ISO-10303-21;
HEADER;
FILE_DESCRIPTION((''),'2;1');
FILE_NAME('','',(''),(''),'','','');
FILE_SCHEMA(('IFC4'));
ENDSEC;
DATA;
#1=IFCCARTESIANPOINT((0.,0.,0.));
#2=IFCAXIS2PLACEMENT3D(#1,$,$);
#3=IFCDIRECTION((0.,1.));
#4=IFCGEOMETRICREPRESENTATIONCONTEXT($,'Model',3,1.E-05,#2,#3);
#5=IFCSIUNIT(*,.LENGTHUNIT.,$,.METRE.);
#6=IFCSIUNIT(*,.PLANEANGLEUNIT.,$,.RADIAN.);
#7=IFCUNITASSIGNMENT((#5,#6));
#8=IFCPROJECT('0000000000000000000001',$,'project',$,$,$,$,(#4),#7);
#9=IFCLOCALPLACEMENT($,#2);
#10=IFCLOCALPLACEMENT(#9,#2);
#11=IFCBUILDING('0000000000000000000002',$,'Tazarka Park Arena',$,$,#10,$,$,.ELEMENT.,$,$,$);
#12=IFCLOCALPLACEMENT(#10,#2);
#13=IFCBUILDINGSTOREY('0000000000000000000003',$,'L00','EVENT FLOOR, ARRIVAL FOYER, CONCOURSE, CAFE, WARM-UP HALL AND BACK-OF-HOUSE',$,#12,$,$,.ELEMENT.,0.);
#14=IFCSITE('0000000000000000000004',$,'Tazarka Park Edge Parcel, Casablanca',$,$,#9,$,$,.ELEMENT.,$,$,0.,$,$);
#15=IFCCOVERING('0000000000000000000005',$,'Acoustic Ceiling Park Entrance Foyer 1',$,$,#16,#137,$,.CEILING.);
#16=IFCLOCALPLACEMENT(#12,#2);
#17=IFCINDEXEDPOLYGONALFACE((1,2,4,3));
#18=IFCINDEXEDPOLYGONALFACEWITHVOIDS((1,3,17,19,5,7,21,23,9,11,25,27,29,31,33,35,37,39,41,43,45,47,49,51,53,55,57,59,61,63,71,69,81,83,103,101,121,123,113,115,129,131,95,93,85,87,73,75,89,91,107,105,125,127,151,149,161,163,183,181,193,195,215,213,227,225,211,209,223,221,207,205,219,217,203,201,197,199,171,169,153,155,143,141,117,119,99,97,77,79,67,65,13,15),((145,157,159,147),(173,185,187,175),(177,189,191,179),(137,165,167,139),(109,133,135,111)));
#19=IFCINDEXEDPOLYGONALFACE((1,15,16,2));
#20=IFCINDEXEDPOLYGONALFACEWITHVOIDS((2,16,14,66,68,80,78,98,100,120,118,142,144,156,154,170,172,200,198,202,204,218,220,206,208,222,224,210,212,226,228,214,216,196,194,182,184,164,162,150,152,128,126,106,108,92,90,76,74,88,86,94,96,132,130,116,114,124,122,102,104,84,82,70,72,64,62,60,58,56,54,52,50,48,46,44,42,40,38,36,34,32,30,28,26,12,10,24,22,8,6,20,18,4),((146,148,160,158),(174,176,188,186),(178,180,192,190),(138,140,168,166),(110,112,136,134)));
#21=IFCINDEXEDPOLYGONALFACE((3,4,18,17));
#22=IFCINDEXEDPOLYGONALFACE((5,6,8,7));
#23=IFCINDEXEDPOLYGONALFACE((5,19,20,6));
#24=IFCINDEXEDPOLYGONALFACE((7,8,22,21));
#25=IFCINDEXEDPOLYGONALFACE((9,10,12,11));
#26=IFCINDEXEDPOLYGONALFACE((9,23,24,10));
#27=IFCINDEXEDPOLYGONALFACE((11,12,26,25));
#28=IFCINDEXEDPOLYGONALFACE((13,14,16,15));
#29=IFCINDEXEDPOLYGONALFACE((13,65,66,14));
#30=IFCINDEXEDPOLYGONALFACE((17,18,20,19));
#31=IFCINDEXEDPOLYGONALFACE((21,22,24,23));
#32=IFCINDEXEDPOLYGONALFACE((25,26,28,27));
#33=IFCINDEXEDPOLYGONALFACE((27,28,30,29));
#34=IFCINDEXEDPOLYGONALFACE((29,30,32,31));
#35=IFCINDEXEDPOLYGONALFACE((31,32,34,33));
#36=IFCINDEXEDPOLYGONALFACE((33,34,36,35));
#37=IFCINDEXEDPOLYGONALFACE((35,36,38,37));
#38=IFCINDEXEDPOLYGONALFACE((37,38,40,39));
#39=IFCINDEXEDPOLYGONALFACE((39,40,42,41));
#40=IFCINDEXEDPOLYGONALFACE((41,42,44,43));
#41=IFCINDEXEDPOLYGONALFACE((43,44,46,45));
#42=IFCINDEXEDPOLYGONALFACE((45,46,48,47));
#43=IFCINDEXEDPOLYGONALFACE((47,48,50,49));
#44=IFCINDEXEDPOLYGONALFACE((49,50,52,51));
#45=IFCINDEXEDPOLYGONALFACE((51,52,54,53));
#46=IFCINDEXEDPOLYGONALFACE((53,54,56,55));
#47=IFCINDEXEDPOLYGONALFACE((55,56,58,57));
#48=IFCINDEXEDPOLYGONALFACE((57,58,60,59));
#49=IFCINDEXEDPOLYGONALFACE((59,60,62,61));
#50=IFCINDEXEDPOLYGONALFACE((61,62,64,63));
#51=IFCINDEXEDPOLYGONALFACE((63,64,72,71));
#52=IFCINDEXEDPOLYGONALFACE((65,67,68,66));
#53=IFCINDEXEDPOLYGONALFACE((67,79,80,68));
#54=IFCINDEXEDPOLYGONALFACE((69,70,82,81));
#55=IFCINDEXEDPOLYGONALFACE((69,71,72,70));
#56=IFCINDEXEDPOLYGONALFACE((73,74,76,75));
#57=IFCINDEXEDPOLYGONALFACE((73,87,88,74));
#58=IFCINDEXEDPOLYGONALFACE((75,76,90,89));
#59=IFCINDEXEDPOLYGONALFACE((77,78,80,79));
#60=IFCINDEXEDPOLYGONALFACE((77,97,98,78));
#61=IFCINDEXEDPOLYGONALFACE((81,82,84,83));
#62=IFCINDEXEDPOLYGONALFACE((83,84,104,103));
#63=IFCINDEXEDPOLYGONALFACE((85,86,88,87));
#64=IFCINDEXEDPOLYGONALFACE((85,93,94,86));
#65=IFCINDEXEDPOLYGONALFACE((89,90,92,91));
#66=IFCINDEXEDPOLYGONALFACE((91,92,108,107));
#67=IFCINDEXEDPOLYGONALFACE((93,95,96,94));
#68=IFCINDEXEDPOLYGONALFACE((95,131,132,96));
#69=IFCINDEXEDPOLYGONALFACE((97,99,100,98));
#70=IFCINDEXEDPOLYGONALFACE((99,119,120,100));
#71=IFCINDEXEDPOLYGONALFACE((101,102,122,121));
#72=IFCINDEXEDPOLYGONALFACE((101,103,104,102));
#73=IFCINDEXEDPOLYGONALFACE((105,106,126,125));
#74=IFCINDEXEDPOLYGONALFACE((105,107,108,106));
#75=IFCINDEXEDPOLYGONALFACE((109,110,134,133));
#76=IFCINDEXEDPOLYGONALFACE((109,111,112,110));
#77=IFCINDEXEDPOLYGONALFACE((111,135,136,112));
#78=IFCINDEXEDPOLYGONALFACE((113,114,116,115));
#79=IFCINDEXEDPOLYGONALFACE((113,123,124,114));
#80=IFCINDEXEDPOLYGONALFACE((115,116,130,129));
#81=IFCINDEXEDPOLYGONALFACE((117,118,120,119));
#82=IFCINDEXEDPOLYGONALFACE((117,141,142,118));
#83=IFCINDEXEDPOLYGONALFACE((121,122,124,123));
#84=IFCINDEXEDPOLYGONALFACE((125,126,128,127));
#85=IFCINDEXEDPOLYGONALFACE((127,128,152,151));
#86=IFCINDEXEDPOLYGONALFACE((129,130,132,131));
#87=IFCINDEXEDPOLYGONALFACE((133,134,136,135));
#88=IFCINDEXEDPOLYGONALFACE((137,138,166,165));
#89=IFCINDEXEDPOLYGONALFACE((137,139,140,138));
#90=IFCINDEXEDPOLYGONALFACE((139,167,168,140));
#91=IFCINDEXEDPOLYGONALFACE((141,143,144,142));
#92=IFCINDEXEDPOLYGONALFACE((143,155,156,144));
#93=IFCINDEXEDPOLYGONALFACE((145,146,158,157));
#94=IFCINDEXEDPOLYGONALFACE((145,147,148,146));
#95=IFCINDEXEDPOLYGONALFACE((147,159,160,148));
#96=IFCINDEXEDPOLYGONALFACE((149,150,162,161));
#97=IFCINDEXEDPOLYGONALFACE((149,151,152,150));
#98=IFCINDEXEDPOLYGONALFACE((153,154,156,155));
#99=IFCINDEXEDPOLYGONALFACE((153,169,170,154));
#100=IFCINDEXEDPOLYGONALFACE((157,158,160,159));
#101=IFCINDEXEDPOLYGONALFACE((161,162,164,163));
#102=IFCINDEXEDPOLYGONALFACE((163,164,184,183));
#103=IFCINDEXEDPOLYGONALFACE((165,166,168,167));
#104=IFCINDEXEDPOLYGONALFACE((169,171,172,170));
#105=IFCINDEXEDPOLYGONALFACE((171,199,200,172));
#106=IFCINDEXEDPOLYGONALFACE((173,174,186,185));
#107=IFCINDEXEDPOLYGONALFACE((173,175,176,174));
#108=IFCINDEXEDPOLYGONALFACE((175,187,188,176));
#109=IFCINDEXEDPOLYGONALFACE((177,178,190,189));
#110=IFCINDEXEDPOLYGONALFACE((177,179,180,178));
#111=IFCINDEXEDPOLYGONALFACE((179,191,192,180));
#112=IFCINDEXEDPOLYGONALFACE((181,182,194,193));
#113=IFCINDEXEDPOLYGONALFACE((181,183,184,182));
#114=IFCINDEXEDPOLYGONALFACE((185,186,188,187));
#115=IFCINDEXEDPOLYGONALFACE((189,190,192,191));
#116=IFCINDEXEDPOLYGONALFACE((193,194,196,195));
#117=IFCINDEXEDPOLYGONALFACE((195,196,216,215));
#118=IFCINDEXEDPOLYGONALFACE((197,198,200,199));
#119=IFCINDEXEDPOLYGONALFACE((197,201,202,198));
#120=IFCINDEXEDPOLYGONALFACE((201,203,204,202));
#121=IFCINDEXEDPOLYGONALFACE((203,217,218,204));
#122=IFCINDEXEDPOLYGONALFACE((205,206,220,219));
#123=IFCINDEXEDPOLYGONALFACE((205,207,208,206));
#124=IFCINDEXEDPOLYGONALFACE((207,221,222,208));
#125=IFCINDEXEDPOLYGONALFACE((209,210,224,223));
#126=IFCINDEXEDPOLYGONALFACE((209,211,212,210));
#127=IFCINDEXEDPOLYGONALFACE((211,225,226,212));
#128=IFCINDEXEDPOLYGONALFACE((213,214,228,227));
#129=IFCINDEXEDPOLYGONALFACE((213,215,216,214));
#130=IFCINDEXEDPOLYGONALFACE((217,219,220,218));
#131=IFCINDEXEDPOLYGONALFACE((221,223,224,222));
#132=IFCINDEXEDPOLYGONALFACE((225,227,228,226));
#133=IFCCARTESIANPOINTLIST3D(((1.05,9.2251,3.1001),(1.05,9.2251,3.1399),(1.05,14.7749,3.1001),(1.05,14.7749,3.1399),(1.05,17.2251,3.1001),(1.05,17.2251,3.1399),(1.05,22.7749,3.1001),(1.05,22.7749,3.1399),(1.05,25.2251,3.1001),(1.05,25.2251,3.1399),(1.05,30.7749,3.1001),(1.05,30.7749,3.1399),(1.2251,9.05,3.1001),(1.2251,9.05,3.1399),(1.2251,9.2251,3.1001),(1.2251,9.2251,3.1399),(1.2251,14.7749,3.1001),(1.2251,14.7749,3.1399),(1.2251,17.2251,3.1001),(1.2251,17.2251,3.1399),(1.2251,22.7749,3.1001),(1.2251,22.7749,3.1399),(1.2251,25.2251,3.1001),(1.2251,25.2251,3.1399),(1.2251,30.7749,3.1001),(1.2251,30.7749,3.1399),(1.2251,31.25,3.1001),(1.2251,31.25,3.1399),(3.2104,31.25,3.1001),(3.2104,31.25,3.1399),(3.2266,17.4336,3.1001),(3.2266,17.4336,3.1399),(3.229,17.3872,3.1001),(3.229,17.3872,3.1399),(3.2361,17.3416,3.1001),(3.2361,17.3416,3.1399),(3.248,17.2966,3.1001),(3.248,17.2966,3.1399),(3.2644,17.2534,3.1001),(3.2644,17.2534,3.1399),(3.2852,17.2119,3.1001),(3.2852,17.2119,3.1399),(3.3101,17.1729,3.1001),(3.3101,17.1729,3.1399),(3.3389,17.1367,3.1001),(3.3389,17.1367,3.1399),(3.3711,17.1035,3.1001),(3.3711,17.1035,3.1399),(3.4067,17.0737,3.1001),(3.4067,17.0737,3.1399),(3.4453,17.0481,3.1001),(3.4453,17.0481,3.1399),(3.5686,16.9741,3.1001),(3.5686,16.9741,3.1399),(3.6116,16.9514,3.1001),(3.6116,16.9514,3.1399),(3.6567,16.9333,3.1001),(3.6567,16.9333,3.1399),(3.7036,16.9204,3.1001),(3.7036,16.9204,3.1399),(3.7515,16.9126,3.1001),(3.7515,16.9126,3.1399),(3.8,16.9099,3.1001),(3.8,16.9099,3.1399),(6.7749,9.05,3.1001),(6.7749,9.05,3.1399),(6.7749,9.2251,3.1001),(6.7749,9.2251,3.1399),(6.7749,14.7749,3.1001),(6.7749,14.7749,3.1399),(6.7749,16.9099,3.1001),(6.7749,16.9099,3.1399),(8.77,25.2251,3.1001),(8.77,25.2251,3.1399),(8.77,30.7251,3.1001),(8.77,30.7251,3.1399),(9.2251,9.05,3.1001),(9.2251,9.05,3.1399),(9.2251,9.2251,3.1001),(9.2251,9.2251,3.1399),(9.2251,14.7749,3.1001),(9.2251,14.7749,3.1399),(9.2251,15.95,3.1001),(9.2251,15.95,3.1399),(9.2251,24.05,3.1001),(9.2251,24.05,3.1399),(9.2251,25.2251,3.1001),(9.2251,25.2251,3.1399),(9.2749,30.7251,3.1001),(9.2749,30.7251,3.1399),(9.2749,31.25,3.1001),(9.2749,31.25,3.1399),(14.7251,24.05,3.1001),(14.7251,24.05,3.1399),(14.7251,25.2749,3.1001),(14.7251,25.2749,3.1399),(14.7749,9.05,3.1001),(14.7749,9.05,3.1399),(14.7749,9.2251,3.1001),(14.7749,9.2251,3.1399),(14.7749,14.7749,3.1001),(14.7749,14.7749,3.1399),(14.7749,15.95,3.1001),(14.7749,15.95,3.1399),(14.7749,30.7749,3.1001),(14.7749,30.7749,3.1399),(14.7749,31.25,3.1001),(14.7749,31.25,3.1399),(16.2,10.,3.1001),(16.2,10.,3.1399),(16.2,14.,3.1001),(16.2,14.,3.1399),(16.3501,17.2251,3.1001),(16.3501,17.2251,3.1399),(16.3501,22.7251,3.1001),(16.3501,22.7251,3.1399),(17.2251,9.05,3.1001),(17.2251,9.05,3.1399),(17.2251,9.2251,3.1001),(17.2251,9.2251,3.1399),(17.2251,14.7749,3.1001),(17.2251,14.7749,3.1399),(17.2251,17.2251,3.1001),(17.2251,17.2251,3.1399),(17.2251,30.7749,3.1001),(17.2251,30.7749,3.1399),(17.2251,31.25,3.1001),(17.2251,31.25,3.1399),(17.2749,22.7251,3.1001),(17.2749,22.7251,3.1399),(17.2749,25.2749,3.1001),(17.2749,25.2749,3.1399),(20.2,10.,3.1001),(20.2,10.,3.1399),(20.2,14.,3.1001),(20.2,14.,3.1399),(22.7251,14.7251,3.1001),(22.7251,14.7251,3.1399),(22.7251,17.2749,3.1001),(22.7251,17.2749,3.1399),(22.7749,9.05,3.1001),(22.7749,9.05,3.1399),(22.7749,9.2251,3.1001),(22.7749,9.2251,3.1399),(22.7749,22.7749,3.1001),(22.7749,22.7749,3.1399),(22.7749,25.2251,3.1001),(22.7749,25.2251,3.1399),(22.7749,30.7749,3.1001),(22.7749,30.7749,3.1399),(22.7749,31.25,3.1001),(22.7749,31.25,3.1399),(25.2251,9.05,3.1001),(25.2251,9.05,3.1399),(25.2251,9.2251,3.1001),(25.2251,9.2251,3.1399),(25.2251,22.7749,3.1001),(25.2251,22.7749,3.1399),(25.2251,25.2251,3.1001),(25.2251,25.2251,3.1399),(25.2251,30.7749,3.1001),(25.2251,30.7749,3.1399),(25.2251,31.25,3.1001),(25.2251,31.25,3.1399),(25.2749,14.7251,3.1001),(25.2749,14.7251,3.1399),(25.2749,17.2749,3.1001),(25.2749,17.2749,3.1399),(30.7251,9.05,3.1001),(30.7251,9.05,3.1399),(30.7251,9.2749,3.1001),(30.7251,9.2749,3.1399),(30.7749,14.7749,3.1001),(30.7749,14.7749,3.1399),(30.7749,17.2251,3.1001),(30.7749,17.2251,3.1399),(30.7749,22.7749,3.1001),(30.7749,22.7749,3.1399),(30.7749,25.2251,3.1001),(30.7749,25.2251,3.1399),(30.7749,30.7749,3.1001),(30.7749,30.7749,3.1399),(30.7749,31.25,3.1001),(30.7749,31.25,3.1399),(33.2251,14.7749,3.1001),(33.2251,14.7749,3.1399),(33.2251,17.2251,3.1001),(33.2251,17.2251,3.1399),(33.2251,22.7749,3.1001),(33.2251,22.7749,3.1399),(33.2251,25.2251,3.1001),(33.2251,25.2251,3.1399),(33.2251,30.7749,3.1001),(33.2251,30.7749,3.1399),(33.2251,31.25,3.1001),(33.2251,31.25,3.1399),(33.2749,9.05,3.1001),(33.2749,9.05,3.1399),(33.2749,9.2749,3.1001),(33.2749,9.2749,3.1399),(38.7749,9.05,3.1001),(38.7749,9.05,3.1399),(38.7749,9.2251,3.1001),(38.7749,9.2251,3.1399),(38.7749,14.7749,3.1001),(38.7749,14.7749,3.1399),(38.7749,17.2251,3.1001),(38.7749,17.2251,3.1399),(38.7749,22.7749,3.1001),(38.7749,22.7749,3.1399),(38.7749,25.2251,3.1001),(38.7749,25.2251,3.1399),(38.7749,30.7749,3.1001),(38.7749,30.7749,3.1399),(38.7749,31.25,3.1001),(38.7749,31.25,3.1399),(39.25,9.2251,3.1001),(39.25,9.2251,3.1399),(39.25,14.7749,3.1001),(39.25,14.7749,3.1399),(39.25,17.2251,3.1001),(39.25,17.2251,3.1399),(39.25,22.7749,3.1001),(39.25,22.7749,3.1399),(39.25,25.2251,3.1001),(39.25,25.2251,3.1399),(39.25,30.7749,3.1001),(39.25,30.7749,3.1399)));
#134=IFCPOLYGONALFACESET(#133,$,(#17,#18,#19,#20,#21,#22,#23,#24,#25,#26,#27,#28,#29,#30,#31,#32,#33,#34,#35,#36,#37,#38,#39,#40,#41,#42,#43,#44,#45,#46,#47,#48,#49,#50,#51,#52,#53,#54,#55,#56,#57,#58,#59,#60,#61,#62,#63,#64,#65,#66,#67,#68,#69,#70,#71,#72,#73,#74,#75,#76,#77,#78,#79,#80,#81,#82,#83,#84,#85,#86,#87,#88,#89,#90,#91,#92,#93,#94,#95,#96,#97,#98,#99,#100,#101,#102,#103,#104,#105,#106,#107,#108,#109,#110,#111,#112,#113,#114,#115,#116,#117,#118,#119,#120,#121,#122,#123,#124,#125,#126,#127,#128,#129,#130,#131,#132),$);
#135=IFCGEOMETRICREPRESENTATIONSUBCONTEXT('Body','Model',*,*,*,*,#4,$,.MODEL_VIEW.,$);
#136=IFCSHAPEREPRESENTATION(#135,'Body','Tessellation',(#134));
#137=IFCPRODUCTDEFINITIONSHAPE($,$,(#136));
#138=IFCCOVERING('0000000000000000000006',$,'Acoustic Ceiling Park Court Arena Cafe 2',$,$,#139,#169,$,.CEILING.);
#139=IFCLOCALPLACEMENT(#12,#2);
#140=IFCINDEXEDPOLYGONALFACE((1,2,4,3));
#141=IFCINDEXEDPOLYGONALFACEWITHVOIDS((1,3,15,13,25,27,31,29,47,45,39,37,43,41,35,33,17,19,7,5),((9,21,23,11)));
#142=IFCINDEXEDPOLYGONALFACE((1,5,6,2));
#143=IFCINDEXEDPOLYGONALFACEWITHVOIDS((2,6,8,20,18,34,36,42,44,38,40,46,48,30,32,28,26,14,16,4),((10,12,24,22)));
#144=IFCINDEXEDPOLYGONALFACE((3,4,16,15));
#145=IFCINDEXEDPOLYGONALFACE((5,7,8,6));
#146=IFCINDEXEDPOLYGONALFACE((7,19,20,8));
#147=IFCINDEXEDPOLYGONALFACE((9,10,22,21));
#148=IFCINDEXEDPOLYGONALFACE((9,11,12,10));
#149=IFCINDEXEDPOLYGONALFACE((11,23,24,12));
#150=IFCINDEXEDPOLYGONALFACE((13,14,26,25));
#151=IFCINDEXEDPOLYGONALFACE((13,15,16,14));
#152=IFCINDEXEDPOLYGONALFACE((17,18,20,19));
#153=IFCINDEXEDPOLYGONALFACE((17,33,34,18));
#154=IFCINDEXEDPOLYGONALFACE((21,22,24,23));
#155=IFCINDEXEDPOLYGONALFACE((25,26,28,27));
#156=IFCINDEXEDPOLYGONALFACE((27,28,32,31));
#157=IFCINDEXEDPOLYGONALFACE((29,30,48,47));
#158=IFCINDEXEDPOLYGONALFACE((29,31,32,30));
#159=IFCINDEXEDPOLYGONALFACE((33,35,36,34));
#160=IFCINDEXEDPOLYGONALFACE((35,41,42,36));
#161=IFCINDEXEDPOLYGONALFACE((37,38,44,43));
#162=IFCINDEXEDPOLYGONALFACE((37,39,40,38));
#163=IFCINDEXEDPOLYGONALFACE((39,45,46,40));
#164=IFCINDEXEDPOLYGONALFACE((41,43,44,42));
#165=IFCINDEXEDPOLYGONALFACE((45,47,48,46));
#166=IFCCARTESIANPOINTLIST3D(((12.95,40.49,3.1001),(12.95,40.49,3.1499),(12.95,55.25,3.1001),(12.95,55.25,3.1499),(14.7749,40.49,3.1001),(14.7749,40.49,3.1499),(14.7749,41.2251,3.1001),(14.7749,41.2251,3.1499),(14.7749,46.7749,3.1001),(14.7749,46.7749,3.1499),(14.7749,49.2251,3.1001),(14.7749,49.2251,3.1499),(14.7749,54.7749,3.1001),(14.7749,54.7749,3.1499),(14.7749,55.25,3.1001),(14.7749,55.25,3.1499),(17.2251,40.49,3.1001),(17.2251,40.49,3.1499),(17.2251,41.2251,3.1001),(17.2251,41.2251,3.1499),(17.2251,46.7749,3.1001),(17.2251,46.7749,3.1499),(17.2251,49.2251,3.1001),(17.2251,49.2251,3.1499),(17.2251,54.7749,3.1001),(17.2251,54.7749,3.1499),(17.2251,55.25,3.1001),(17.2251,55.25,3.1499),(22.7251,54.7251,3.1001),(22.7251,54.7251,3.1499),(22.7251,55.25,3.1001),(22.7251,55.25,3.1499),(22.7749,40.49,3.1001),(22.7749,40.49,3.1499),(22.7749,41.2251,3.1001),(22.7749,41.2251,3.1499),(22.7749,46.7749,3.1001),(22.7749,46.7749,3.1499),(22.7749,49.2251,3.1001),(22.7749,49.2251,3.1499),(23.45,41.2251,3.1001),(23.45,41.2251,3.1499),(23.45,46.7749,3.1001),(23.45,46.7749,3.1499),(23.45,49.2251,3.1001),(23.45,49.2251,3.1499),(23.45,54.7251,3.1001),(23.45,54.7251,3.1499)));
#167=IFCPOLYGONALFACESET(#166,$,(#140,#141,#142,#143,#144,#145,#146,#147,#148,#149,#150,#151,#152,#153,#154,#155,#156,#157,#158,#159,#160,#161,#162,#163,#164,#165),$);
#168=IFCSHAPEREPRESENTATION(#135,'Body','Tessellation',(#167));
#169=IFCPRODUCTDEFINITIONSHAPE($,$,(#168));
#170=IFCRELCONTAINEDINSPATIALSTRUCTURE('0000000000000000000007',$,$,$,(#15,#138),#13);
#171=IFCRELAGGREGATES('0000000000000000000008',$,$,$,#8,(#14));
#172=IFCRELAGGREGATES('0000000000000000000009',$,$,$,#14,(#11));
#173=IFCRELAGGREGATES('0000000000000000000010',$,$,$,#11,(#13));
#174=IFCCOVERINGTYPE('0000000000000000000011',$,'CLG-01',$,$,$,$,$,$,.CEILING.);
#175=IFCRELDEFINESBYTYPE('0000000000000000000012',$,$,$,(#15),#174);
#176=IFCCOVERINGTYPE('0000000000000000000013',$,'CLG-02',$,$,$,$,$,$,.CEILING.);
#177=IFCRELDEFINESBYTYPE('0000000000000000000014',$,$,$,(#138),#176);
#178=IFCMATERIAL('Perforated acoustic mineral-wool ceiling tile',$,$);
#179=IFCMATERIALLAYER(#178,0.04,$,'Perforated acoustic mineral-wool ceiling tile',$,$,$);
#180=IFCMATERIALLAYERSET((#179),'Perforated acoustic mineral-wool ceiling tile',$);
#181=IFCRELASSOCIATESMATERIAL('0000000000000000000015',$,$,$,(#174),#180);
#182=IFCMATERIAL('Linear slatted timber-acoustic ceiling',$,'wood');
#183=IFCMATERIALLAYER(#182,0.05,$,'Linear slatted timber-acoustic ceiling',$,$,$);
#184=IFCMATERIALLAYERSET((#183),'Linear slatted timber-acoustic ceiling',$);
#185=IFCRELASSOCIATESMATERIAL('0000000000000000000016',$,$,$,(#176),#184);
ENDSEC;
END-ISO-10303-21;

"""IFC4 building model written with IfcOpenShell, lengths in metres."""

from ifc_helpers import new_model, si_unit, direction, frame, origin, place, context, subcontext, project, spatial, polyline, outline, extrude, material, layer, layer_set, type_object, element, save


model = new_model("IFC4")

# Units and contexts
model_context = context("Model", 3, precision=1e-05, world=origin(), true_north=direction((0.0, 1.0)))
body_context = subcontext(model_context, "Body", "Model", "MODEL_VIEW")
ifc_project = project(units=[si_unit("LENGTHUNIT", "METRE"), si_unit("PLANEANGLEUNIT", "RADIAN")], contexts=[model_context])

# Site, building, storey
site_placement = place(None, origin())
site = spatial("IfcSite", under=ifc_project, at=site_placement, Name="Tazarka Park Edge Parcel, Casablanca", CompositionType="ELEMENT", RefElevation=0.0)
building_placement = place(site_placement, origin())
building = spatial("IfcBuilding", under=site, at=building_placement, Name="Tazarka Park Arena", CompositionType="ELEMENT")
storey_placement = place(building_placement, origin())
storey = spatial("IfcBuildingStorey", under=building, at=storey_placement, Name="L00", Description="EVENT FLOOR, ARRIVAL FOYER, CONCOURSE, CAFE, WARM-UP HALL AND BACK-OF-HOUSE", CompositionType="ELEMENT", Elevation=0.0)

# Coverings
ifc_material_1 = material(Name="Perforated acoustic mineral-wool ceiling tile")
ifc_layer_1 = layer(ifc_material_1, 0.04, Name="Perforated acoustic mineral-wool ceiling tile")
ifc_layer_set_1 = layer_set([ifc_layer_1], Name="Perforated acoustic mineral-wool ceiling tile")
covering_type_1 = type_object("IfcCoveringType", Name="CLG-01", PredefinedType="CEILING", material=ifc_layer_set_1)
covering_1_placement = place(storey_placement, frame((0.0, 0.0, 3.1001)))
element("IfcCovering", 1, at=covering_1_placement, inside=storey, type_object=covering_type_1, Name="Acoustic Ceiling Park Entrance Foyer 1", PredefinedType="CEILING", context=body_context, shape_type="SweptSolid", body=[
    extrude(outline(polyline([(3.2104, 31.25), (3.2266, 17.4336), (3.229, 17.3872), (3.2361, 17.3416), (3.248, 17.2966), (3.2644, 17.2534), (3.2852, 17.2119), (3.3101, 17.1729), (3.3389, 17.1367), (3.3711, 17.1035), (3.4067, 17.0737), (3.4453, 17.0481), (3.5686, 16.9741), (3.6116, 16.9514), (3.6567, 16.9333), (3.7036, 16.9204), (3.7515, 16.9126), (3.8, 16.9099), (6.7749, 16.9099), (6.7749, 14.7749), (9.2251, 14.7749), (9.2251, 15.95), (14.7749, 15.95), (14.7749, 14.7749), (17.2251, 14.7749), (17.2251, 17.2251), (16.3501, 17.2251), (16.3501, 22.7251), (17.2749, 22.7251), (17.2749, 25.2749), (14.7251, 25.2749), (14.7251, 24.05), (9.2251, 24.05), (9.2251, 25.2251), (8.77, 25.2251), (8.77, 30.7251), (9.2749, 30.7251), (9.2749, 31.25), (14.7749, 31.25), (14.7749, 30.7749), (17.2251, 30.7749), (17.2251, 31.25), (22.7749, 31.25), (22.7749, 30.7749), (25.2251, 30.7749), (25.2251, 31.25), (30.7749, 31.25), (30.7749, 30.7749), (33.2251, 30.7749), (33.2251, 31.25), (38.7749, 31.25), (38.7749, 30.7749), (39.25, 30.7749), (39.25, 25.2251), (38.7749, 25.2251), (38.7749, 22.7749), (39.25, 22.7749), (39.25, 17.2251), (38.7749, 17.2251), (38.7749, 14.7749), (39.25, 14.7749), (39.25, 9.2251), (38.7749, 9.2251), (38.7749, 9.05), (33.2749, 9.05), (33.2749, 9.2749), (30.7251, 9.2749), (30.7251, 9.05), (25.2251, 9.05), (25.2251, 9.2251), (22.7749, 9.2251), (22.7749, 9.05), (17.2251, 9.05), (17.2251, 9.2251), (14.7749, 9.2251), (14.7749, 9.05), (9.2251, 9.05), (9.2251, 9.2251), (6.7749, 9.2251), (6.7749, 9.05), (1.2251, 9.05), (1.2251, 9.2251), (1.05, 9.2251), (1.05, 14.7749), (1.2251, 14.7749), (1.2251, 17.2251), (1.05, 17.2251), (1.05, 22.7749), (1.2251, 22.7749), (1.2251, 25.2251), (1.05, 25.2251), (1.05, 30.7749), (1.2251, 30.7749), (1.2251, 31.25), (3.2104, 31.25)]), holes=[polyline([(20.2, 14.0), (16.2, 14.0), (16.2, 10.0), (20.2, 10.0), (20.2, 14.0)]), polyline([(33.2251, 17.2251), (30.7749, 17.2251), (30.7749, 14.7749), (33.2251, 14.7749), (33.2251, 17.2251)]), polyline([(25.2749, 17.2749), (22.7251, 17.2749), (22.7251, 14.7251), (25.2749, 14.7251), (25.2749, 17.2749)]), polyline([(33.2251, 22.7749), (33.2251, 25.2251), (30.7749, 25.2251), (30.7749, 22.7749), (33.2251, 22.7749)]), polyline([(25.2251, 25.2251), (22.7749, 25.2251), (22.7749, 22.7749), (25.2251, 22.7749), (25.2251, 25.2251)])]), origin(), (0.0, 0.0, 1.0), 0.0398),
])
ifc_material_2 = material(Name="Linear slatted timber-acoustic ceiling", Category="wood")
ifc_layer_2 = layer(ifc_material_2, 0.05, Name="Linear slatted timber-acoustic ceiling")
ifc_layer_set_2 = layer_set([ifc_layer_2], Name="Linear slatted timber-acoustic ceiling")
covering_type_2 = type_object("IfcCoveringType", Name="CLG-02", PredefinedType="CEILING", material=ifc_layer_set_2)
covering_2_placement = place(storey_placement, frame((0.0, 0.0, 3.1001)))
element("IfcCovering", 2, at=covering_2_placement, inside=storey, type_object=covering_type_2, Name="Acoustic Ceiling Park Court Arena Cafe 2", PredefinedType="CEILING", context=body_context, shape_type="SweptSolid", body=[
    extrude(outline(polyline([(14.7749, 55.25), (14.7749, 54.7749), (17.2251, 54.7749), (17.2251, 55.25), (22.7251, 55.25), (22.7251, 54.7251), (23.45, 54.7251), (23.45, 49.2251), (22.7749, 49.2251), (22.7749, 46.7749), (23.45, 46.7749), (23.45, 41.2251), (22.7749, 41.2251), (22.7749, 40.49), (17.2251, 40.49), (17.2251, 41.2251), (14.7749, 41.2251), (14.7749, 40.49), (12.95, 40.49), (12.95, 55.25), (14.7749, 55.25)]), holes=[polyline([(17.2251, 49.2251), (14.7749, 49.2251), (14.7749, 46.7749), (17.2251, 46.7749), (17.2251, 49.2251)])]), origin(), (0.0, 0.0, 1.0), 0.0498),
])

save(model, "model.ifc")
